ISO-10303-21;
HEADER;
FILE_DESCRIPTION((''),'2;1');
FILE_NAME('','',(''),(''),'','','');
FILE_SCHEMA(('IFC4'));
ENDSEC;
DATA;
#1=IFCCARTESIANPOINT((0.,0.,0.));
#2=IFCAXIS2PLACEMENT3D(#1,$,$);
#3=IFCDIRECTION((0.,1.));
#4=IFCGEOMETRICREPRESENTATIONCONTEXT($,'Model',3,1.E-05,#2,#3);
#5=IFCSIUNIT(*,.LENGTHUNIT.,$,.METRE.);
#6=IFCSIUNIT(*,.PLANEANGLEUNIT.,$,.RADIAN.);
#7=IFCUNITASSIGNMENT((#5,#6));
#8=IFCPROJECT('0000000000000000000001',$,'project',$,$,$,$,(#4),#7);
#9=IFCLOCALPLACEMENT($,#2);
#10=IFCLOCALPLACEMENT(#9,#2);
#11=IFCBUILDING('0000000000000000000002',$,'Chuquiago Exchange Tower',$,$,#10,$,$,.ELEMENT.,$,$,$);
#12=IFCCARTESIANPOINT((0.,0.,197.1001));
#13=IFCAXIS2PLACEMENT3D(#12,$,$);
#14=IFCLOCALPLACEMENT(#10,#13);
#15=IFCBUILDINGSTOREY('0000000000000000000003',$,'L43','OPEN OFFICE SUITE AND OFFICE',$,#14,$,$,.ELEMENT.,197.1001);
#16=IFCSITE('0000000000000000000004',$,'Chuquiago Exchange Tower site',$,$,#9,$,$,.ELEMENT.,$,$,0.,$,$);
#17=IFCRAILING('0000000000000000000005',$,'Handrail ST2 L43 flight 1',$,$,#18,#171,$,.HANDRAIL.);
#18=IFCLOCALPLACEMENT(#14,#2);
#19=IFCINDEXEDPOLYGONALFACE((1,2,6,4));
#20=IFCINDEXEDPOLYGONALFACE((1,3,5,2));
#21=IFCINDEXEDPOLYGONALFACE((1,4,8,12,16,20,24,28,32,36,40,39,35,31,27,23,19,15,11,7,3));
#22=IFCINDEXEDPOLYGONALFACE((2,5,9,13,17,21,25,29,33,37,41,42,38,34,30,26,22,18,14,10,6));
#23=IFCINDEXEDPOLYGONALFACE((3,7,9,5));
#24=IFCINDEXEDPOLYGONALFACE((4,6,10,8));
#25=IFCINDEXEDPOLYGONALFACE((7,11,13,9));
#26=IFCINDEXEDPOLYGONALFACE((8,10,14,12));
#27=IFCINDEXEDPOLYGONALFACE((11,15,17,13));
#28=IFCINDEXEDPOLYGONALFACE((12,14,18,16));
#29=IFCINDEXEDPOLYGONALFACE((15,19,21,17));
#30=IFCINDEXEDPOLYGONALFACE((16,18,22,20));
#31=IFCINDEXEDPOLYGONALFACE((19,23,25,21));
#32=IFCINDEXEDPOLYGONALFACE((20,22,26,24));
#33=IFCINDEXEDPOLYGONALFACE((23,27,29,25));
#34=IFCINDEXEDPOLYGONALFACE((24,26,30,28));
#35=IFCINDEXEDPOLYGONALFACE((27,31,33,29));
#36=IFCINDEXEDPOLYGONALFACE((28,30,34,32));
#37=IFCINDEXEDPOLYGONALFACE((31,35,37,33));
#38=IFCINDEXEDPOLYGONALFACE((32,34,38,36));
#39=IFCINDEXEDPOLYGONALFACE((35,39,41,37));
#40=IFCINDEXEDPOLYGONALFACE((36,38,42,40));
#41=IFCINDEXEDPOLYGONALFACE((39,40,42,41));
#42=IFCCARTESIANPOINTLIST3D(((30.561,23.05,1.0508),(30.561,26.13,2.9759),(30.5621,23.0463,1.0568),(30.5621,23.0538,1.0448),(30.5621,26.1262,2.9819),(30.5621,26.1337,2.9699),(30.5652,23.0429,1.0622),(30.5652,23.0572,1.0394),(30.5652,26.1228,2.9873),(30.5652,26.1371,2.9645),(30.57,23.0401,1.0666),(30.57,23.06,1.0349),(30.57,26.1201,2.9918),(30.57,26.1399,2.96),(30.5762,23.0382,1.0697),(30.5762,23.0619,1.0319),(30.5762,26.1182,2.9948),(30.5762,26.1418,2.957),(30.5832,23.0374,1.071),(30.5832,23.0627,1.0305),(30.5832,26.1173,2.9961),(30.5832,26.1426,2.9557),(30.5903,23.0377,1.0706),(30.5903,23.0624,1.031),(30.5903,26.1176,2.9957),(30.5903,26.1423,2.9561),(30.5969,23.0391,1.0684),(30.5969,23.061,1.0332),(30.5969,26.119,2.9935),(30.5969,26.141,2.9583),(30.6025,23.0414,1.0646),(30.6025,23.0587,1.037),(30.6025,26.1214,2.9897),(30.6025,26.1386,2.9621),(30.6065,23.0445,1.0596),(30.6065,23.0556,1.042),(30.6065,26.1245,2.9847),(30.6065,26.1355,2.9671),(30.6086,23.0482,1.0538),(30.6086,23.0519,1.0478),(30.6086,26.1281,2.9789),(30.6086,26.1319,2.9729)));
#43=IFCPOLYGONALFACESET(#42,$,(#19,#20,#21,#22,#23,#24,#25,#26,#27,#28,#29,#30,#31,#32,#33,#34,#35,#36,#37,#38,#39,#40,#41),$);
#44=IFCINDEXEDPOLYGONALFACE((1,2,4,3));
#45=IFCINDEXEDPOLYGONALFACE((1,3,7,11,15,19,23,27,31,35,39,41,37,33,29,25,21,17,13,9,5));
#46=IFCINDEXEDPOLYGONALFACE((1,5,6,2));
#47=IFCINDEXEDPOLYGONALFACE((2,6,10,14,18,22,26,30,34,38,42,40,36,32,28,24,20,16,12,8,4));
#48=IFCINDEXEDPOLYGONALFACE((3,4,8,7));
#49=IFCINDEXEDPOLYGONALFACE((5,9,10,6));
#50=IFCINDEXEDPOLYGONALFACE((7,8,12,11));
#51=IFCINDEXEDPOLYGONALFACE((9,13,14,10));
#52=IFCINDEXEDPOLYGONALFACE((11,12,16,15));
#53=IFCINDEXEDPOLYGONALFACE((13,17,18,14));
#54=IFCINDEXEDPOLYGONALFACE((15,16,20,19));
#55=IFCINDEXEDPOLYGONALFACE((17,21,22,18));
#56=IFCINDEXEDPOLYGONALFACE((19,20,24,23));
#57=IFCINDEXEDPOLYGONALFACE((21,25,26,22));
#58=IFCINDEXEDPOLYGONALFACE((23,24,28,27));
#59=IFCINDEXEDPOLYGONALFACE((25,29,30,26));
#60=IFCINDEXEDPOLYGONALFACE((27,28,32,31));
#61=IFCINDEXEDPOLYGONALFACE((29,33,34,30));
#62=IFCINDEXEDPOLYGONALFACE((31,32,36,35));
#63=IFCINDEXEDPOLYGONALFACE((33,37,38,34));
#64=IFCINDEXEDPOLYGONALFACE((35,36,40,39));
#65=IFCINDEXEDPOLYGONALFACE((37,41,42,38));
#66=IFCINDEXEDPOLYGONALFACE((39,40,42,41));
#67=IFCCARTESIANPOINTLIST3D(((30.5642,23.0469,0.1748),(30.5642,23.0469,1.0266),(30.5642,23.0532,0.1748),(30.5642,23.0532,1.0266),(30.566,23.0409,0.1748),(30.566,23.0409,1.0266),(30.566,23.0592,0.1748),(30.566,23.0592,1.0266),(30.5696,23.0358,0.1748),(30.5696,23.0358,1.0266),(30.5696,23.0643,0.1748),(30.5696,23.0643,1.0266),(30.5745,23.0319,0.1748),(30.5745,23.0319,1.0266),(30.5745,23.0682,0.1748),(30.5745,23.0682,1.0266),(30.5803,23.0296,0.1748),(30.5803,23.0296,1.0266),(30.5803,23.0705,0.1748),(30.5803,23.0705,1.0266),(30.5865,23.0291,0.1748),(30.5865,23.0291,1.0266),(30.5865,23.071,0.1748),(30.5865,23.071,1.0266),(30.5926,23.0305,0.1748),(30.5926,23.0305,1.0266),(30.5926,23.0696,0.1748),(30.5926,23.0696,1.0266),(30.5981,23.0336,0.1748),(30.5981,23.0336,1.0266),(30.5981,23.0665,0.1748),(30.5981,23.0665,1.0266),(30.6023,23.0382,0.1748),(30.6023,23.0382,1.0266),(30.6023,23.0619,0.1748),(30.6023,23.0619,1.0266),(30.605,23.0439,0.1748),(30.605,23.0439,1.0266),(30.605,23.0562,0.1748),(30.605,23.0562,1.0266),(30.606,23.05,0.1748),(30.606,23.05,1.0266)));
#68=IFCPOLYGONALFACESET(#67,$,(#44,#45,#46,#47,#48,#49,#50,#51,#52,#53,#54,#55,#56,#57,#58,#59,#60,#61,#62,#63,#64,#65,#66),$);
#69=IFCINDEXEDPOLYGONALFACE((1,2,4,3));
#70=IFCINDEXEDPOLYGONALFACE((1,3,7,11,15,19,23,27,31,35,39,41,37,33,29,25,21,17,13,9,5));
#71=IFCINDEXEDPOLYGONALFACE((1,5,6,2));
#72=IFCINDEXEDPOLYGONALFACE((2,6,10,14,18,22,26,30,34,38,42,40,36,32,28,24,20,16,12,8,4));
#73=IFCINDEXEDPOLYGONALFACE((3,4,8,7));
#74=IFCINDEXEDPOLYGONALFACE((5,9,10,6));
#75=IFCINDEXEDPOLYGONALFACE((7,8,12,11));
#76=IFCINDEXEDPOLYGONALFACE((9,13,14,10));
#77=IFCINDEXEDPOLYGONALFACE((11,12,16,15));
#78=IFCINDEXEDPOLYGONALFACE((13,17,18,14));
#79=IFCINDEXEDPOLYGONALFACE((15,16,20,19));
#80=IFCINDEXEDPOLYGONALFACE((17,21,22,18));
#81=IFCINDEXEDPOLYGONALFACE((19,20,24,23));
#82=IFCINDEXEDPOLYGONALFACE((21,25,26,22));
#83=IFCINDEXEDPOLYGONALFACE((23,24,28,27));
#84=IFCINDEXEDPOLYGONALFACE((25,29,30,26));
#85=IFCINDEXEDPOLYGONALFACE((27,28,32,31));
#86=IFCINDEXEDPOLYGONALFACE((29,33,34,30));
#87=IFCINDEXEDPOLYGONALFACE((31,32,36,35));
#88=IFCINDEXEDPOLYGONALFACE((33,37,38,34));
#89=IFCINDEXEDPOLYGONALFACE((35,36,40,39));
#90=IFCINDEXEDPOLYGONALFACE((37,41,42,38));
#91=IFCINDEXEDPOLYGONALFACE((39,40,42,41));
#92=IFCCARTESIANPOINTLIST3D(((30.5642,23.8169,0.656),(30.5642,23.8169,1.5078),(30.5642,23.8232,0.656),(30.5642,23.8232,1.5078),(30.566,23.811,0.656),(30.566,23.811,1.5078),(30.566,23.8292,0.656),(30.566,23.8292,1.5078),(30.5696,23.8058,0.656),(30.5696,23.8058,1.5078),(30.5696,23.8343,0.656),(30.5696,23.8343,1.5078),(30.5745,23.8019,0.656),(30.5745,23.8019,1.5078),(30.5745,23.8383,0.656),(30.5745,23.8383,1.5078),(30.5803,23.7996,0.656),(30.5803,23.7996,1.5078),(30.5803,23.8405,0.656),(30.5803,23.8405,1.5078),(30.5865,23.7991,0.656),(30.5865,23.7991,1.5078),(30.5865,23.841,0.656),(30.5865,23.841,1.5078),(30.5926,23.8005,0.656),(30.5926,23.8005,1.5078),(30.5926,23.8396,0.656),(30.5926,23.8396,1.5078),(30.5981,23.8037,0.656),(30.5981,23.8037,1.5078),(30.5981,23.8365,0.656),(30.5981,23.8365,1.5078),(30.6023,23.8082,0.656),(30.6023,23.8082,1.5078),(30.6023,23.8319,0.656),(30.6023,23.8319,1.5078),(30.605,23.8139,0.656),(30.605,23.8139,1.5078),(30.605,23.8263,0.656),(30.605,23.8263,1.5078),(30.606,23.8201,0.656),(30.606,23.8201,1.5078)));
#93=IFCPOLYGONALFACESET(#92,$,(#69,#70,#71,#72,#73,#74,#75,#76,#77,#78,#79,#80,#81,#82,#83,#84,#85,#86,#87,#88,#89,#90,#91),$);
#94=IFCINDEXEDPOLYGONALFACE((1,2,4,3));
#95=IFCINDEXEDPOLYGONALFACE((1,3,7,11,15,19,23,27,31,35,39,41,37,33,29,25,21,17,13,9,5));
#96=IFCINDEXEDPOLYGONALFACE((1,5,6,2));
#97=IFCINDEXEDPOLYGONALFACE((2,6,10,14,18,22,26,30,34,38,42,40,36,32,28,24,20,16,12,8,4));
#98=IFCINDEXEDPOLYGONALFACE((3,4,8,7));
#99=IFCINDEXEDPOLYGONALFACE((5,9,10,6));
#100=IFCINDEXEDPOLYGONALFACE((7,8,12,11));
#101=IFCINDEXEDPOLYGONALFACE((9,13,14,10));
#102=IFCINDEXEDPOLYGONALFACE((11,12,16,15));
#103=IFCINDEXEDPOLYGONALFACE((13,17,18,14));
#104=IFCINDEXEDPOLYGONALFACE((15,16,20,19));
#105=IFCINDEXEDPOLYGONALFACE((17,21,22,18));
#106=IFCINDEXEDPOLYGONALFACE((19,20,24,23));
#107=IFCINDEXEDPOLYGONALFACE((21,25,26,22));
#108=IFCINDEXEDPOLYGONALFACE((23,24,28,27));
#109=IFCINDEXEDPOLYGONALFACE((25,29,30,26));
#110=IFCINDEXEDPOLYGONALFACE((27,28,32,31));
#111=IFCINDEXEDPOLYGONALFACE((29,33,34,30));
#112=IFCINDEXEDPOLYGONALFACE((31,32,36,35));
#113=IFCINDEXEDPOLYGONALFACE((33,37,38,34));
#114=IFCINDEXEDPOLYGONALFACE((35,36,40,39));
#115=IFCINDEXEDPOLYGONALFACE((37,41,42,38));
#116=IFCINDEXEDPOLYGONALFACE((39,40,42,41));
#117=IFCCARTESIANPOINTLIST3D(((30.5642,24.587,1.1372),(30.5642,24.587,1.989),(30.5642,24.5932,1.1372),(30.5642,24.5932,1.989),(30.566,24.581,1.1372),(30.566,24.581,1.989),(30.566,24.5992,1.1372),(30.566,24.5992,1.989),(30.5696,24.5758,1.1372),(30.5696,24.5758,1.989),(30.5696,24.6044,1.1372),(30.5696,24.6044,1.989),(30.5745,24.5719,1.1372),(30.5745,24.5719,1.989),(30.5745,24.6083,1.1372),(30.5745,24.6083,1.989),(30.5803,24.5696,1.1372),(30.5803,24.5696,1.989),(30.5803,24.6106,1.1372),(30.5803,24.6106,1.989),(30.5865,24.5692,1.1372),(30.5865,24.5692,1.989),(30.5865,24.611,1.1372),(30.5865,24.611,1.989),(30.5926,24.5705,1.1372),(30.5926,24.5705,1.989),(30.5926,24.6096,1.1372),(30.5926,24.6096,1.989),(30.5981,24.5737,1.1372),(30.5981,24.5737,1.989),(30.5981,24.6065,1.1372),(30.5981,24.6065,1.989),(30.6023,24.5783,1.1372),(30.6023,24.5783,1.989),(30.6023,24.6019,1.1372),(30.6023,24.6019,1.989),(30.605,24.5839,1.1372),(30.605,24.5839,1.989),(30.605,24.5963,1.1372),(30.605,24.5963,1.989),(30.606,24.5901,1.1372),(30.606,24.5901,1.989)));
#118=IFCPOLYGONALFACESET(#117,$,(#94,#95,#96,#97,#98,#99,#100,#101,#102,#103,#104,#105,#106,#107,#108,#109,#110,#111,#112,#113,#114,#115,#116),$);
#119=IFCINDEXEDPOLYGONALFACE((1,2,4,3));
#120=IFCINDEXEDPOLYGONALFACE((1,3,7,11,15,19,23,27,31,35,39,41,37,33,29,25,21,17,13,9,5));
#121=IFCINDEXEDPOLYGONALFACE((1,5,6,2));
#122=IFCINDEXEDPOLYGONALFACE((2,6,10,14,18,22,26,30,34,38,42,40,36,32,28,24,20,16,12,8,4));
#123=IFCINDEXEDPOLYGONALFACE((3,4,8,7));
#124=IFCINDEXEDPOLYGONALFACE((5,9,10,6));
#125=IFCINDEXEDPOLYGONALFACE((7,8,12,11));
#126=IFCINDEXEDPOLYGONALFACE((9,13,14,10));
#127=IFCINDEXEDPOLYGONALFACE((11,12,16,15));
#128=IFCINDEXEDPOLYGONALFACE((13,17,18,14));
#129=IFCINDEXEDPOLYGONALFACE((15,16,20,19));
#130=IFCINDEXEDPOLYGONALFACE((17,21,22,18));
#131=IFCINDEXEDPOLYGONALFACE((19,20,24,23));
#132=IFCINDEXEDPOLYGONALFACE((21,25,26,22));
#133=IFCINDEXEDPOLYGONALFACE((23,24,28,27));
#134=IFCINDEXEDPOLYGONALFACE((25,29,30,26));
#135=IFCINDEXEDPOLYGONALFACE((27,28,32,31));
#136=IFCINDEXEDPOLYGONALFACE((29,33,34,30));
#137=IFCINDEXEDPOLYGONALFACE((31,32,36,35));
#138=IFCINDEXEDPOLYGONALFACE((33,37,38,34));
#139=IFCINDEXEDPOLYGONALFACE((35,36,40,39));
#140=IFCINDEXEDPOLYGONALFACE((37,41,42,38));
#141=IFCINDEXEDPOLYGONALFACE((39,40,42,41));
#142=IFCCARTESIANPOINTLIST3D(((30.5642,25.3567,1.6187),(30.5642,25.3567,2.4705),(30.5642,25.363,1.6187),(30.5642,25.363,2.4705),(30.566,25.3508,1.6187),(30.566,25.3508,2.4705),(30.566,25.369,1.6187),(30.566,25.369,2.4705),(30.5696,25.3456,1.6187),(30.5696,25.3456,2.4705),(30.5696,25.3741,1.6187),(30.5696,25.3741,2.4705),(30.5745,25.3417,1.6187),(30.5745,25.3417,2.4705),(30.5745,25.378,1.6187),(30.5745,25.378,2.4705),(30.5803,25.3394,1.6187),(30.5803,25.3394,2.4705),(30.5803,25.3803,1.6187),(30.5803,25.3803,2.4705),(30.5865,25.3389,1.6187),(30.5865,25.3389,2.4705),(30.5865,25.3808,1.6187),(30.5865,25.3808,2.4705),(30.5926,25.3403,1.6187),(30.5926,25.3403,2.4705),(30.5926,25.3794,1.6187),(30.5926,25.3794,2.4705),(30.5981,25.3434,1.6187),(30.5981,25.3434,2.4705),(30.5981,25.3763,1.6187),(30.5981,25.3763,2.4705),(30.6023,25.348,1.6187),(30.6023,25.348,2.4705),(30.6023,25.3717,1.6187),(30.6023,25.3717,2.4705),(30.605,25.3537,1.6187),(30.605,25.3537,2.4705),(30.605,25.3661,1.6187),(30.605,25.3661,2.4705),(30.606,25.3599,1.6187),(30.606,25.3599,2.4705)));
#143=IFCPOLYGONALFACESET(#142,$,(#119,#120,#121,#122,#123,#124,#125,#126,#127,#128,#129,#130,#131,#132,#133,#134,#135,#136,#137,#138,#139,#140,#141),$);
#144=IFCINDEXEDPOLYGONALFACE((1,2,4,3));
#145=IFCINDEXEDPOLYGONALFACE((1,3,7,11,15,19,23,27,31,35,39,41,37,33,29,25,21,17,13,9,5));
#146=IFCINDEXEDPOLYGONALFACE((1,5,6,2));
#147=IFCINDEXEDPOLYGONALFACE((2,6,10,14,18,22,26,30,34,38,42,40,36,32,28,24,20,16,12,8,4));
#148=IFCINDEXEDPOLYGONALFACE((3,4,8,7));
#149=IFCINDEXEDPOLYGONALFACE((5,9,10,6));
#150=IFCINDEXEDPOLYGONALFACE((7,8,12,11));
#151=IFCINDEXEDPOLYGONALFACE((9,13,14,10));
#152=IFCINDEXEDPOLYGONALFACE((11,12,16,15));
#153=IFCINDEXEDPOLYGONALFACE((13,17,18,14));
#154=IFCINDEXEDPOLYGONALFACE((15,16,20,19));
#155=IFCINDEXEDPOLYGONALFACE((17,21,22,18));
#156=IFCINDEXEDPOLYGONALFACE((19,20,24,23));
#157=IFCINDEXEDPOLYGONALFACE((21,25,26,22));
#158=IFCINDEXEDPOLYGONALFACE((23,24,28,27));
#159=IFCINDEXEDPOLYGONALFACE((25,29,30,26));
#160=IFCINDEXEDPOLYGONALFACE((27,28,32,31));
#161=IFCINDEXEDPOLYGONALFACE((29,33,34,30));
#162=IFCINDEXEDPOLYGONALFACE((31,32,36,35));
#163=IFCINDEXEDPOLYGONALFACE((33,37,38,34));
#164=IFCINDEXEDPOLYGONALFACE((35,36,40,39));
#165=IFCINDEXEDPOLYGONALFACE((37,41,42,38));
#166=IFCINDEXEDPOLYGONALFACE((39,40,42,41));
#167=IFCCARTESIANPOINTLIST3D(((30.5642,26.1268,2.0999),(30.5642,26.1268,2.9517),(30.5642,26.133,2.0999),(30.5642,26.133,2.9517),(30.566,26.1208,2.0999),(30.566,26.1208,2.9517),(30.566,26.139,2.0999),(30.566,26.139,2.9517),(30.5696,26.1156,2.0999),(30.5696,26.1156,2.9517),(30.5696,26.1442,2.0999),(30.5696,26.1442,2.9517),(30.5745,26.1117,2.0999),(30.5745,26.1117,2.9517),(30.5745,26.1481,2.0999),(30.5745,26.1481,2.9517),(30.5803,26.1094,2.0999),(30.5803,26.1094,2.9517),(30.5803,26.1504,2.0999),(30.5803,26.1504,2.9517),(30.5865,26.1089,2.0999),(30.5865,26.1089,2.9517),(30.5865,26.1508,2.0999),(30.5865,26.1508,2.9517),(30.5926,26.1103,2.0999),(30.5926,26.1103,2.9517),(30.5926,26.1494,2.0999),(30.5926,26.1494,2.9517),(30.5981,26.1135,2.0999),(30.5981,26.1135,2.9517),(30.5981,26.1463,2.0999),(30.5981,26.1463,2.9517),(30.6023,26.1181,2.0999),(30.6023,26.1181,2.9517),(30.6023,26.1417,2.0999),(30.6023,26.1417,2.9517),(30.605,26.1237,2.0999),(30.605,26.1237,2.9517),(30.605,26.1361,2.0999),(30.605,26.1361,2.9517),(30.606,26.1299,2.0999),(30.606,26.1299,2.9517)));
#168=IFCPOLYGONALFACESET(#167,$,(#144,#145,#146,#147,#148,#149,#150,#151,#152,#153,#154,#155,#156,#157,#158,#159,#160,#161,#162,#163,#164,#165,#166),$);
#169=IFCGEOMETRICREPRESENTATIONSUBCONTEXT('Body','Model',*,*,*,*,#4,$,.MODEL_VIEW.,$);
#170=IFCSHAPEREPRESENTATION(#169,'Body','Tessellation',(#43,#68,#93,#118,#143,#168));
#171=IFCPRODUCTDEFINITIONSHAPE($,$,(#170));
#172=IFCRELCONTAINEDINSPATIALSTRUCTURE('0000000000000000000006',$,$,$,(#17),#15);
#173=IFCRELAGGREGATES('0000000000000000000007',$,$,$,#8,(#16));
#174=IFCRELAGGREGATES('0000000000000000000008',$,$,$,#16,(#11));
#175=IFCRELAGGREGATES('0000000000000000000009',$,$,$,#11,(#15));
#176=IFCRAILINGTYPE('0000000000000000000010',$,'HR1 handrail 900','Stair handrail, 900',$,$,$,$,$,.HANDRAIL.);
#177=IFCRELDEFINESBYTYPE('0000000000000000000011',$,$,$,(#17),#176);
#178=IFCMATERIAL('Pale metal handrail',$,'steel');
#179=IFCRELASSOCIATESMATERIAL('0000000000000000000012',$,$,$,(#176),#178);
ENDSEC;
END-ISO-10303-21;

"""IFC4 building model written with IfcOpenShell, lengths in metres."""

from ifc_helpers import new_model, si_unit, direction, frame, origin, origin_2d, place, context, subcontext, project, spatial, circle, extrude, material, type_object, element, save


model = new_model("IFC4")

# Units and contexts
model_context = context("Model", 3, precision=1e-05, world=origin(), true_north=direction((0.0, 1.0)))
body_context = subcontext(model_context, "Body", "Model", "MODEL_VIEW")
ifc_project = project(units=[si_unit("LENGTHUNIT", "METRE"), si_unit("PLANEANGLEUNIT", "RADIAN")], contexts=[model_context])

# Site, building, storey
site_placement = place(None, origin())
site = spatial("IfcSite", under=ifc_project, at=site_placement, Name="Chuquiago Exchange Tower site", CompositionType="ELEMENT", RefElevation=0.0)
building_placement = place(site_placement, origin())
building = spatial("IfcBuilding", under=site, at=building_placement, Name="Chuquiago Exchange Tower", CompositionType="ELEMENT")
storey_placement = place(building_placement, frame((0.0, 0.0, 197.1001)))
storey = spatial("IfcBuildingStorey", under=building, at=storey_placement, Name="L43", Description="OPEN OFFICE SUITE AND OFFICE", CompositionType="ELEMENT", Elevation=197.1001)

# Railing
ifc_material_1 = material(Name="Pale metal handrail", Category="steel")
railing_type_1 = type_object("IfcRailingType", Name="HR1 handrail 900", Description="Stair handrail, 900", PredefinedType="HANDRAIL", material=ifc_material_1)
railing_1_placement = place(storey_placement, frame((30.585, 23.05, 0.1748)))
element("IfcRailing", 1, at=railing_1_placement, inside=storey, type_object=railing_type_1, Name="Handrail ST2 L43 flight 1", PredefinedType="HANDRAIL", context=body_context, shape_type="SweptSolid", body=[
    extrude(circle(Radius=0.0239, at=origin_2d()), frame((0.0, 0.0, 0.876), z_axis=(0.0, 0.847979, 0.530029), x_axis=(-1.0, 0.0, 0.0)), (0.0, 0.0, 1.0), 3.6321),
    extrude(circle(Radius=0.021, at=origin_2d()), origin(), (0.0, 0.0, 1.0), 0.8518),
    extrude(circle(Radius=0.021, at=origin_2d()), frame((0.0, 0.77, 0.4812)), (0.0, 0.0, 1.0), 0.8518),
    extrude(circle(Radius=0.021, at=origin_2d()), frame((0.0, 1.54, 0.9624)), (0.0, 0.0, 1.0), 0.8518),
    extrude(circle(Radius=0.021, at=origin_2d()), frame((0.0, 2.3098, 1.4438)), (0.0, 0.0, 1.0), 0.8518),
    extrude(circle(Radius=0.021, at=origin_2d()), frame((0.0, 3.0798, 1.925)), (0.0, 0.0, 1.0), 0.8518),
])

save(model, "model.ifc")
